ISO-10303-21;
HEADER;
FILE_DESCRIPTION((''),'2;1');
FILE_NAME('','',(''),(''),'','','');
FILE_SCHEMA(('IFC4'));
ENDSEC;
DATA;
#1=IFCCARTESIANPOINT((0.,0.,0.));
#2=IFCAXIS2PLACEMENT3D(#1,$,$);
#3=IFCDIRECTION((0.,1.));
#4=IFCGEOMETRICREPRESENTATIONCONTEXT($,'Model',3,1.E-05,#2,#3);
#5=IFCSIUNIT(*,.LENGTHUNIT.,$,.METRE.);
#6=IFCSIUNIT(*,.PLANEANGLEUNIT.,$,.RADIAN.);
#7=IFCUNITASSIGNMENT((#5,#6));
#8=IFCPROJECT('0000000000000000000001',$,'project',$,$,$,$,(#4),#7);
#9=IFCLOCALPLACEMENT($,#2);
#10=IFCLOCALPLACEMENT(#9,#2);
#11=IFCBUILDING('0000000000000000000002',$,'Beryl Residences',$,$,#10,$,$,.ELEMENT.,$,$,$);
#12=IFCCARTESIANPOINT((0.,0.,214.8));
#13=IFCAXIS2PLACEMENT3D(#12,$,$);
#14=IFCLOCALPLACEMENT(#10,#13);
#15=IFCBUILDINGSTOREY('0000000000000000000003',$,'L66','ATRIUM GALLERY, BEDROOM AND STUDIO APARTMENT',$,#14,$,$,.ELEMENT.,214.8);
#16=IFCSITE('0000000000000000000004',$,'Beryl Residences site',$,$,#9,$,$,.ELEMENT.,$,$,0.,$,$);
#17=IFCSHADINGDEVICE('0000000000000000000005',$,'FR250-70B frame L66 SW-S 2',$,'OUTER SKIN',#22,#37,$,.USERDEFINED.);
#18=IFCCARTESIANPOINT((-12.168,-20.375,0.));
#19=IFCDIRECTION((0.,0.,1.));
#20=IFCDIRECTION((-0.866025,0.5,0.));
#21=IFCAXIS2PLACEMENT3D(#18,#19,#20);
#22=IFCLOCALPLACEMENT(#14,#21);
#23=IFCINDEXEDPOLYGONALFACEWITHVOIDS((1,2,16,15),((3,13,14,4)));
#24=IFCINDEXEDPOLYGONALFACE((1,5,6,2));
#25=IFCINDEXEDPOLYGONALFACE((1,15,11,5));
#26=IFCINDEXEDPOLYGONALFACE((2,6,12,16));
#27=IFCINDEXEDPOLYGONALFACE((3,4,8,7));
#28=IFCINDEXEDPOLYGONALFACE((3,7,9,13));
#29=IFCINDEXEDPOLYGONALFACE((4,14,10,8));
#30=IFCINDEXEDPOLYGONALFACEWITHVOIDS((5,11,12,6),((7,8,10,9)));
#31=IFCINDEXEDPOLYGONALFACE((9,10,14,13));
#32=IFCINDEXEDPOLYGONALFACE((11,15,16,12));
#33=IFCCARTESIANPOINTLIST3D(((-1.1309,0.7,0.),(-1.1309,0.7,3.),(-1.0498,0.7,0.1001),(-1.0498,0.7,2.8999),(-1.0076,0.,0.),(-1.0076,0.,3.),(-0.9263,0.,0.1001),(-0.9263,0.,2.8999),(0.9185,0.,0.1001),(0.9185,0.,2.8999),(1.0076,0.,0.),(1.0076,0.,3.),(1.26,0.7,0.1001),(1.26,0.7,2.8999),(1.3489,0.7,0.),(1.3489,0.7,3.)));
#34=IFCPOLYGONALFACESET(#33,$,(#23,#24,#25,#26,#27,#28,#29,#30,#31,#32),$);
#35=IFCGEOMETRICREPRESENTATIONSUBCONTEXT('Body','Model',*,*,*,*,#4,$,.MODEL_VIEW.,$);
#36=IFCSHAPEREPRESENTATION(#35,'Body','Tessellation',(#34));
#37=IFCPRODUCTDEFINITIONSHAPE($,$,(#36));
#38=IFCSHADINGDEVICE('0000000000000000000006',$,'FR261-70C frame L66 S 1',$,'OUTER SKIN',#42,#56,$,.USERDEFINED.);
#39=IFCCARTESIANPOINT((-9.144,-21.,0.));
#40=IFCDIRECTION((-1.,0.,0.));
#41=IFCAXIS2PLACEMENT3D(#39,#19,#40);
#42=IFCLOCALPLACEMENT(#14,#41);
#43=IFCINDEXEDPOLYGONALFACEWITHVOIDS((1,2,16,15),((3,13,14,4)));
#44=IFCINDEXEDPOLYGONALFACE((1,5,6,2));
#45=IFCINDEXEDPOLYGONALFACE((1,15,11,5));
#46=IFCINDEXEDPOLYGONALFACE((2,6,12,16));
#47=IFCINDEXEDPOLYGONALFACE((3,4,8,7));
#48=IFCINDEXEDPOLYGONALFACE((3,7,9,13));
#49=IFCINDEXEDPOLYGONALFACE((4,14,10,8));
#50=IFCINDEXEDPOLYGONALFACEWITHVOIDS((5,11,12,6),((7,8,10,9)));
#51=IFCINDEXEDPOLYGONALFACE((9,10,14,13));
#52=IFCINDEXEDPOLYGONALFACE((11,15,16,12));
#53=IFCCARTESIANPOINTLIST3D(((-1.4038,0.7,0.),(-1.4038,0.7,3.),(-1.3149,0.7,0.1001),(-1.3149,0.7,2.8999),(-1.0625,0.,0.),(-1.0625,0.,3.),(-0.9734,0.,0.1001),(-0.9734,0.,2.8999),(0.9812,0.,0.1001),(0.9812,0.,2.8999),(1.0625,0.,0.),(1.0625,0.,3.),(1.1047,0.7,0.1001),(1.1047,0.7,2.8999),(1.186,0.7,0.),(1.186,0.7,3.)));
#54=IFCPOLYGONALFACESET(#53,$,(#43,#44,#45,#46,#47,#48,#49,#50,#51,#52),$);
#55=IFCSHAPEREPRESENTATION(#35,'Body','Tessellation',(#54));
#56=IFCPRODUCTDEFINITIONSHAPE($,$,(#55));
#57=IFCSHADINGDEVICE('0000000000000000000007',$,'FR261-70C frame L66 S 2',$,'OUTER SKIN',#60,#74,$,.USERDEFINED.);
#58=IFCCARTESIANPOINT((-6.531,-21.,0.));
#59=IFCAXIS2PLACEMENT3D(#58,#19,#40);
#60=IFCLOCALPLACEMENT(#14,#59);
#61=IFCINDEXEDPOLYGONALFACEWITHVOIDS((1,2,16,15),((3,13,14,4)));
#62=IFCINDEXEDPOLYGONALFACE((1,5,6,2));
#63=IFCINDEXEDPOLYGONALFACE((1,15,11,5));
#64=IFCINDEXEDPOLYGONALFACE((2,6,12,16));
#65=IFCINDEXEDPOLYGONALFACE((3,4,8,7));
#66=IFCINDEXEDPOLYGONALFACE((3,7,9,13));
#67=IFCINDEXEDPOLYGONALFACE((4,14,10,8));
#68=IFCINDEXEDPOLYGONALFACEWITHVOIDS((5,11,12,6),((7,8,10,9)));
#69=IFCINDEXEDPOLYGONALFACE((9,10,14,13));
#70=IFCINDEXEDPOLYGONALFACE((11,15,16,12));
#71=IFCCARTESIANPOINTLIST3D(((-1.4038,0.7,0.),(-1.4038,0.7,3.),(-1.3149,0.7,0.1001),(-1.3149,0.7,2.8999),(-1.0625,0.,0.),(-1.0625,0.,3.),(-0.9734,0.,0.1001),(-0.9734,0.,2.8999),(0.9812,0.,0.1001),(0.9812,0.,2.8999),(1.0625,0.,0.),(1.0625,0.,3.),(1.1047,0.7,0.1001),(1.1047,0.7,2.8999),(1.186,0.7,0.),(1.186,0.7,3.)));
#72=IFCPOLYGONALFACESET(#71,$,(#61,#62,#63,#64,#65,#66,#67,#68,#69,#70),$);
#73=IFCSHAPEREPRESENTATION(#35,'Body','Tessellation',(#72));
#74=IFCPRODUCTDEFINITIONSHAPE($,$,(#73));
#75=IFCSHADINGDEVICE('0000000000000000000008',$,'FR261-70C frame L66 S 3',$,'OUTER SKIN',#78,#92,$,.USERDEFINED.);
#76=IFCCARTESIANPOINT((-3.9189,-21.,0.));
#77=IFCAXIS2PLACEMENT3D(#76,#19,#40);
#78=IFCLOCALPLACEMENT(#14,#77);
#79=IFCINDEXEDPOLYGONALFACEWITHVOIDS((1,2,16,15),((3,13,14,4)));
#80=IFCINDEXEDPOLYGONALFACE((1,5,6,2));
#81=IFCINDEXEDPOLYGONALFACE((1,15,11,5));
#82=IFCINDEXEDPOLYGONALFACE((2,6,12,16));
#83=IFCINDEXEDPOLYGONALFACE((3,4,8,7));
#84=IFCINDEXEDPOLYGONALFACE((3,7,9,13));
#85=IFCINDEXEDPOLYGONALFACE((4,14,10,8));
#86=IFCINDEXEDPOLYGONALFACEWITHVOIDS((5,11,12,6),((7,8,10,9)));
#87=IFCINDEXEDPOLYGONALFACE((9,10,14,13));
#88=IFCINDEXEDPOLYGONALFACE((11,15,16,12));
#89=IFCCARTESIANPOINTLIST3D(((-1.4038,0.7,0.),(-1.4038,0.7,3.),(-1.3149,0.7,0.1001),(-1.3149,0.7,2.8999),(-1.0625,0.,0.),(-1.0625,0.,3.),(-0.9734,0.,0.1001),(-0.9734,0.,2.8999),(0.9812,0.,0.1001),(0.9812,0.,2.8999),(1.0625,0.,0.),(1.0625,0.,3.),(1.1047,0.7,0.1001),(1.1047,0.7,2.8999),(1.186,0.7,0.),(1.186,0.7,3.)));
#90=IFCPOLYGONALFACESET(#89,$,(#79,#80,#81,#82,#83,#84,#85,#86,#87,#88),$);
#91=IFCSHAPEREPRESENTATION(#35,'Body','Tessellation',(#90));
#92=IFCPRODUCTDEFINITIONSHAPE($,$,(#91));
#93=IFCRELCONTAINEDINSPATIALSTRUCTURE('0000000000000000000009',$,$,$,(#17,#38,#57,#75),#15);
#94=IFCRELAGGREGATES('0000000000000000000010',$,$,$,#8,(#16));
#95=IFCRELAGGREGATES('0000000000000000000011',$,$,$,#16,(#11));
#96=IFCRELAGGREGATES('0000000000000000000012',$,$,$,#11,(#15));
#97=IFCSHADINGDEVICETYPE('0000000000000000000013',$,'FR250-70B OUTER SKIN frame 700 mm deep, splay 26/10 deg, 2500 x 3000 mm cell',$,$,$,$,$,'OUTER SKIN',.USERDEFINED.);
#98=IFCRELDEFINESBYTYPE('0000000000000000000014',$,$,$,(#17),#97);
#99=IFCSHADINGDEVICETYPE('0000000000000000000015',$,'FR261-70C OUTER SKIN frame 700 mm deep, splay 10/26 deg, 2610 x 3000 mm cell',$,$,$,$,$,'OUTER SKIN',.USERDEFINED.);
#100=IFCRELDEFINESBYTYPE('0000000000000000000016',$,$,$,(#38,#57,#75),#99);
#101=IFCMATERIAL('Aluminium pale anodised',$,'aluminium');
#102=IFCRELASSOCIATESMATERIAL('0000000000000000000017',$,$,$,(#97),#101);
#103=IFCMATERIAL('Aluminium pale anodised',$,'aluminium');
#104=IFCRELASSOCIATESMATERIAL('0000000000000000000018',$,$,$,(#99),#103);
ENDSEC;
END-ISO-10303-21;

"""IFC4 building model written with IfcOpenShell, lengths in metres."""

from ifc_helpers import new_model, entity, si_unit, direction, frame, origin, place, context, subcontext, project, spatial, source, transform, mapped, material, type_object, type_shapes, element, save


model = new_model("IFC4")

# Units and contexts
model_context = context("Model", 3, precision=1e-05, world=origin(), true_north=direction((0.0, 1.0)))
body_context = subcontext(model_context, "Body", "Model", "MODEL_VIEW")
ifc_project = project(units=[si_unit("LENGTHUNIT", "METRE"), si_unit("PLANEANGLEUNIT", "RADIAN")], contexts=[model_context])

# Site, building, storey
site_placement = place(None, origin())
site = spatial("IfcSite", under=ifc_project, at=site_placement, Name="Beryl Residences site", CompositionType="ELEMENT", RefElevation=0.0)
building_placement = place(site_placement, origin())
building = spatial("IfcBuilding", under=site, at=building_placement, Name="Beryl Residences", CompositionType="ELEMENT")
storey_placement = place(building_placement, frame((0.0, 0.0, 214.8)))
storey = spatial("IfcBuildingStorey", under=building, at=storey_placement, Name="L66", Description="ATRIUM GALLERY, BEDROOM AND STUDIO APARTMENT", CompositionType="ELEMENT", Elevation=214.8)

# Shading devices
ifc_material_1 = material(Name="Aluminium pale anodised", Category="aluminium")
shading_device_type_1 = type_object("IfcShadingDeviceType", Name="FR250-70B OUTER SKIN frame 700 mm deep, splay 26/10 deg, 2500 x 3000 mm cell", ElementType="OUTER SKIN", PredefinedType="USERDEFINED", material=ifc_material_1)
cartesian_point_1 = entity("IfcCartesianPoint", [-1.0076, 0.0])
cartesian_point_2 = entity("IfcCartesianPoint", [-0.9185, 0.1001])
cartesian_point_3 = entity("IfcCartesianPoint", [-1.3489, 0.0])
cartesian_point_4 = entity("IfcCartesianPoint", [-1.26, 0.1001])
shared_shape_1 = source(origin(), body_context, "Body", "SweptSolid", [
    entity("IfcExtrudedAreaSolidTapered", entity("IfcArbitraryProfileDefWithVoids", "AREA", None, entity("IfcPolyline", [cartesian_point_1, entity("IfcCartesianPoint", [1.0076, 0.0]), entity("IfcCartesianPoint", [1.0076, 3.0]), entity("IfcCartesianPoint", [-1.0076, 3.0]), cartesian_point_1]), [entity("IfcPolyline", [cartesian_point_2, entity("IfcCartesianPoint", [0.9263, 0.1001]), entity("IfcCartesianPoint", [0.9263, 2.8999]), entity("IfcCartesianPoint", [-0.9185, 2.8999]), cartesian_point_2])]), entity("IfcAxis2Placement3D", entity("IfcCartesianPoint", [0.0, 0.0, 0.0]), entity("IfcDirection", [0.0, 1.0, 0.0]), entity("IfcDirection", [-1.0, 0.0, 0.0])), entity("IfcDirection", [0.0, 0.0, 1.0]), 0.7, entity("IfcArbitraryProfileDefWithVoids", "AREA", None, entity("IfcPolyline", [cartesian_point_3, entity("IfcCartesianPoint", [1.1309, 0.0]), entity("IfcCartesianPoint", [1.1309, 3.0]), entity("IfcCartesianPoint", [-1.3489, 3.0]), cartesian_point_3]), [entity("IfcPolyline", [cartesian_point_4, entity("IfcCartesianPoint", [1.0498, 0.1001]), entity("IfcCartesianPoint", [1.0498, 2.8999]), entity("IfcCartesianPoint", [-1.26, 2.8999]), cartesian_point_4])])),
])
type_shapes(shading_device_type_1, [shared_shape_1])
shading_device_placement = place(storey_placement, frame((-12.168, -20.375, 0.0), z_axis=(0.0, 0.0, 1.0), x_axis=(-0.866025, 0.5, 0.0)))
element("IfcShadingDevice", 1, at=shading_device_placement, inside=storey, type_object=shading_device_type_1, Name="FR250-70B frame L66 SW-S 2", ObjectType="OUTER SKIN", PredefinedType="USERDEFINED", context=body_context, shape_type="MappedRepresentation", body=[
    mapped(shared_shape_1, transform((0.0, 0.0, 0.0))),
])
ifc_material_2 = material(Name="Aluminium pale anodised", Category="aluminium")
shading_device_type_2 = type_object("IfcShadingDeviceType", Name="FR261-70C OUTER SKIN frame 700 mm deep, splay 10/26 deg, 2610 x 3000 mm cell", ElementType="OUTER SKIN", PredefinedType="USERDEFINED", material=ifc_material_2)
cartesian_point_5 = entity("IfcCartesianPoint", [-1.0625, 0.0])
cartesian_point_6 = entity("IfcCartesianPoint", [-0.9812, 0.1001])
cartesian_point_7 = entity("IfcCartesianPoint", [-1.186, 0.0])
cartesian_point_8 = entity("IfcCartesianPoint", [-1.1047, 0.1001])
shared_shape_2 = source(origin(), body_context, "Body", "SweptSolid", [
    entity("IfcExtrudedAreaSolidTapered", entity("IfcArbitraryProfileDefWithVoids", "AREA", None, entity("IfcPolyline", [cartesian_point_5, entity("IfcCartesianPoint", [1.0625, 0.0]), entity("IfcCartesianPoint", [1.0625, 3.0]), entity("IfcCartesianPoint", [-1.0625, 3.0]), cartesian_point_5]), [entity("IfcPolyline", [cartesian_point_6, entity("IfcCartesianPoint", [0.9734, 0.1001]), entity("IfcCartesianPoint", [0.9734, 2.8999]), entity("IfcCartesianPoint", [-0.9812, 2.8999]), cartesian_point_6])]), entity("IfcAxis2Placement3D", entity("IfcCartesianPoint", [0.0, 0.0, 0.0]), entity("IfcDirection", [0.0, 1.0, 0.0]), entity("IfcDirection", [-1.0, 0.0, 0.0])), entity("IfcDirection", [0.0, 0.0, 1.0]), 0.7, entity("IfcArbitraryProfileDefWithVoids", "AREA", None, entity("IfcPolyline", [cartesian_point_7, entity("IfcCartesianPoint", [1.4038, 0.0]), entity("IfcCartesianPoint", [1.4038, 3.0]), entity("IfcCartesianPoint", [-1.186, 3.0]), cartesian_point_7]), [entity("IfcPolyline", [cartesian_point_8, entity("IfcCartesianPoint", [1.3149, 0.1001]), entity("IfcCartesianPoint", [1.3149, 2.8999]), entity("IfcCartesianPoint", [-1.1047, 2.8999]), cartesian_point_8])])),
])
type_shapes(shading_device_type_2, [shared_shape_2])
for number, where, z_axis, x_axis, name in (
    (2, (-9.144, -21.0, 0.0), (0.0, 0.0, 1.0), (-1.0, 0.0, 0.0), "FR261-70C frame L66 S 1"),
    (3, (-6.531, -21.0, 0.0), (0.0, 0.0, 1.0), (-1.0, 0.0, 0.0), "FR261-70C frame L66 S 2"),
    (4, (-3.9189, -21.0, 0.0), (0.0, 0.0, 1.0), (-1.0, 0.0, 0.0), "FR261-70C frame L66 S 3"),
):
    element("IfcShadingDevice", number, at=place(storey_placement, frame(where, z_axis=z_axis, x_axis=x_axis)), inside=storey, type_object=shading_device_type_2, Name=name, ObjectType="OUTER SKIN", PredefinedType="USERDEFINED", context=body_context, shape_type="MappedRepresentation", body=[
        mapped(shared_shape_2, transform((0.0, 0.0, 0.0))),
    ])

save(model, "model.ifc")
